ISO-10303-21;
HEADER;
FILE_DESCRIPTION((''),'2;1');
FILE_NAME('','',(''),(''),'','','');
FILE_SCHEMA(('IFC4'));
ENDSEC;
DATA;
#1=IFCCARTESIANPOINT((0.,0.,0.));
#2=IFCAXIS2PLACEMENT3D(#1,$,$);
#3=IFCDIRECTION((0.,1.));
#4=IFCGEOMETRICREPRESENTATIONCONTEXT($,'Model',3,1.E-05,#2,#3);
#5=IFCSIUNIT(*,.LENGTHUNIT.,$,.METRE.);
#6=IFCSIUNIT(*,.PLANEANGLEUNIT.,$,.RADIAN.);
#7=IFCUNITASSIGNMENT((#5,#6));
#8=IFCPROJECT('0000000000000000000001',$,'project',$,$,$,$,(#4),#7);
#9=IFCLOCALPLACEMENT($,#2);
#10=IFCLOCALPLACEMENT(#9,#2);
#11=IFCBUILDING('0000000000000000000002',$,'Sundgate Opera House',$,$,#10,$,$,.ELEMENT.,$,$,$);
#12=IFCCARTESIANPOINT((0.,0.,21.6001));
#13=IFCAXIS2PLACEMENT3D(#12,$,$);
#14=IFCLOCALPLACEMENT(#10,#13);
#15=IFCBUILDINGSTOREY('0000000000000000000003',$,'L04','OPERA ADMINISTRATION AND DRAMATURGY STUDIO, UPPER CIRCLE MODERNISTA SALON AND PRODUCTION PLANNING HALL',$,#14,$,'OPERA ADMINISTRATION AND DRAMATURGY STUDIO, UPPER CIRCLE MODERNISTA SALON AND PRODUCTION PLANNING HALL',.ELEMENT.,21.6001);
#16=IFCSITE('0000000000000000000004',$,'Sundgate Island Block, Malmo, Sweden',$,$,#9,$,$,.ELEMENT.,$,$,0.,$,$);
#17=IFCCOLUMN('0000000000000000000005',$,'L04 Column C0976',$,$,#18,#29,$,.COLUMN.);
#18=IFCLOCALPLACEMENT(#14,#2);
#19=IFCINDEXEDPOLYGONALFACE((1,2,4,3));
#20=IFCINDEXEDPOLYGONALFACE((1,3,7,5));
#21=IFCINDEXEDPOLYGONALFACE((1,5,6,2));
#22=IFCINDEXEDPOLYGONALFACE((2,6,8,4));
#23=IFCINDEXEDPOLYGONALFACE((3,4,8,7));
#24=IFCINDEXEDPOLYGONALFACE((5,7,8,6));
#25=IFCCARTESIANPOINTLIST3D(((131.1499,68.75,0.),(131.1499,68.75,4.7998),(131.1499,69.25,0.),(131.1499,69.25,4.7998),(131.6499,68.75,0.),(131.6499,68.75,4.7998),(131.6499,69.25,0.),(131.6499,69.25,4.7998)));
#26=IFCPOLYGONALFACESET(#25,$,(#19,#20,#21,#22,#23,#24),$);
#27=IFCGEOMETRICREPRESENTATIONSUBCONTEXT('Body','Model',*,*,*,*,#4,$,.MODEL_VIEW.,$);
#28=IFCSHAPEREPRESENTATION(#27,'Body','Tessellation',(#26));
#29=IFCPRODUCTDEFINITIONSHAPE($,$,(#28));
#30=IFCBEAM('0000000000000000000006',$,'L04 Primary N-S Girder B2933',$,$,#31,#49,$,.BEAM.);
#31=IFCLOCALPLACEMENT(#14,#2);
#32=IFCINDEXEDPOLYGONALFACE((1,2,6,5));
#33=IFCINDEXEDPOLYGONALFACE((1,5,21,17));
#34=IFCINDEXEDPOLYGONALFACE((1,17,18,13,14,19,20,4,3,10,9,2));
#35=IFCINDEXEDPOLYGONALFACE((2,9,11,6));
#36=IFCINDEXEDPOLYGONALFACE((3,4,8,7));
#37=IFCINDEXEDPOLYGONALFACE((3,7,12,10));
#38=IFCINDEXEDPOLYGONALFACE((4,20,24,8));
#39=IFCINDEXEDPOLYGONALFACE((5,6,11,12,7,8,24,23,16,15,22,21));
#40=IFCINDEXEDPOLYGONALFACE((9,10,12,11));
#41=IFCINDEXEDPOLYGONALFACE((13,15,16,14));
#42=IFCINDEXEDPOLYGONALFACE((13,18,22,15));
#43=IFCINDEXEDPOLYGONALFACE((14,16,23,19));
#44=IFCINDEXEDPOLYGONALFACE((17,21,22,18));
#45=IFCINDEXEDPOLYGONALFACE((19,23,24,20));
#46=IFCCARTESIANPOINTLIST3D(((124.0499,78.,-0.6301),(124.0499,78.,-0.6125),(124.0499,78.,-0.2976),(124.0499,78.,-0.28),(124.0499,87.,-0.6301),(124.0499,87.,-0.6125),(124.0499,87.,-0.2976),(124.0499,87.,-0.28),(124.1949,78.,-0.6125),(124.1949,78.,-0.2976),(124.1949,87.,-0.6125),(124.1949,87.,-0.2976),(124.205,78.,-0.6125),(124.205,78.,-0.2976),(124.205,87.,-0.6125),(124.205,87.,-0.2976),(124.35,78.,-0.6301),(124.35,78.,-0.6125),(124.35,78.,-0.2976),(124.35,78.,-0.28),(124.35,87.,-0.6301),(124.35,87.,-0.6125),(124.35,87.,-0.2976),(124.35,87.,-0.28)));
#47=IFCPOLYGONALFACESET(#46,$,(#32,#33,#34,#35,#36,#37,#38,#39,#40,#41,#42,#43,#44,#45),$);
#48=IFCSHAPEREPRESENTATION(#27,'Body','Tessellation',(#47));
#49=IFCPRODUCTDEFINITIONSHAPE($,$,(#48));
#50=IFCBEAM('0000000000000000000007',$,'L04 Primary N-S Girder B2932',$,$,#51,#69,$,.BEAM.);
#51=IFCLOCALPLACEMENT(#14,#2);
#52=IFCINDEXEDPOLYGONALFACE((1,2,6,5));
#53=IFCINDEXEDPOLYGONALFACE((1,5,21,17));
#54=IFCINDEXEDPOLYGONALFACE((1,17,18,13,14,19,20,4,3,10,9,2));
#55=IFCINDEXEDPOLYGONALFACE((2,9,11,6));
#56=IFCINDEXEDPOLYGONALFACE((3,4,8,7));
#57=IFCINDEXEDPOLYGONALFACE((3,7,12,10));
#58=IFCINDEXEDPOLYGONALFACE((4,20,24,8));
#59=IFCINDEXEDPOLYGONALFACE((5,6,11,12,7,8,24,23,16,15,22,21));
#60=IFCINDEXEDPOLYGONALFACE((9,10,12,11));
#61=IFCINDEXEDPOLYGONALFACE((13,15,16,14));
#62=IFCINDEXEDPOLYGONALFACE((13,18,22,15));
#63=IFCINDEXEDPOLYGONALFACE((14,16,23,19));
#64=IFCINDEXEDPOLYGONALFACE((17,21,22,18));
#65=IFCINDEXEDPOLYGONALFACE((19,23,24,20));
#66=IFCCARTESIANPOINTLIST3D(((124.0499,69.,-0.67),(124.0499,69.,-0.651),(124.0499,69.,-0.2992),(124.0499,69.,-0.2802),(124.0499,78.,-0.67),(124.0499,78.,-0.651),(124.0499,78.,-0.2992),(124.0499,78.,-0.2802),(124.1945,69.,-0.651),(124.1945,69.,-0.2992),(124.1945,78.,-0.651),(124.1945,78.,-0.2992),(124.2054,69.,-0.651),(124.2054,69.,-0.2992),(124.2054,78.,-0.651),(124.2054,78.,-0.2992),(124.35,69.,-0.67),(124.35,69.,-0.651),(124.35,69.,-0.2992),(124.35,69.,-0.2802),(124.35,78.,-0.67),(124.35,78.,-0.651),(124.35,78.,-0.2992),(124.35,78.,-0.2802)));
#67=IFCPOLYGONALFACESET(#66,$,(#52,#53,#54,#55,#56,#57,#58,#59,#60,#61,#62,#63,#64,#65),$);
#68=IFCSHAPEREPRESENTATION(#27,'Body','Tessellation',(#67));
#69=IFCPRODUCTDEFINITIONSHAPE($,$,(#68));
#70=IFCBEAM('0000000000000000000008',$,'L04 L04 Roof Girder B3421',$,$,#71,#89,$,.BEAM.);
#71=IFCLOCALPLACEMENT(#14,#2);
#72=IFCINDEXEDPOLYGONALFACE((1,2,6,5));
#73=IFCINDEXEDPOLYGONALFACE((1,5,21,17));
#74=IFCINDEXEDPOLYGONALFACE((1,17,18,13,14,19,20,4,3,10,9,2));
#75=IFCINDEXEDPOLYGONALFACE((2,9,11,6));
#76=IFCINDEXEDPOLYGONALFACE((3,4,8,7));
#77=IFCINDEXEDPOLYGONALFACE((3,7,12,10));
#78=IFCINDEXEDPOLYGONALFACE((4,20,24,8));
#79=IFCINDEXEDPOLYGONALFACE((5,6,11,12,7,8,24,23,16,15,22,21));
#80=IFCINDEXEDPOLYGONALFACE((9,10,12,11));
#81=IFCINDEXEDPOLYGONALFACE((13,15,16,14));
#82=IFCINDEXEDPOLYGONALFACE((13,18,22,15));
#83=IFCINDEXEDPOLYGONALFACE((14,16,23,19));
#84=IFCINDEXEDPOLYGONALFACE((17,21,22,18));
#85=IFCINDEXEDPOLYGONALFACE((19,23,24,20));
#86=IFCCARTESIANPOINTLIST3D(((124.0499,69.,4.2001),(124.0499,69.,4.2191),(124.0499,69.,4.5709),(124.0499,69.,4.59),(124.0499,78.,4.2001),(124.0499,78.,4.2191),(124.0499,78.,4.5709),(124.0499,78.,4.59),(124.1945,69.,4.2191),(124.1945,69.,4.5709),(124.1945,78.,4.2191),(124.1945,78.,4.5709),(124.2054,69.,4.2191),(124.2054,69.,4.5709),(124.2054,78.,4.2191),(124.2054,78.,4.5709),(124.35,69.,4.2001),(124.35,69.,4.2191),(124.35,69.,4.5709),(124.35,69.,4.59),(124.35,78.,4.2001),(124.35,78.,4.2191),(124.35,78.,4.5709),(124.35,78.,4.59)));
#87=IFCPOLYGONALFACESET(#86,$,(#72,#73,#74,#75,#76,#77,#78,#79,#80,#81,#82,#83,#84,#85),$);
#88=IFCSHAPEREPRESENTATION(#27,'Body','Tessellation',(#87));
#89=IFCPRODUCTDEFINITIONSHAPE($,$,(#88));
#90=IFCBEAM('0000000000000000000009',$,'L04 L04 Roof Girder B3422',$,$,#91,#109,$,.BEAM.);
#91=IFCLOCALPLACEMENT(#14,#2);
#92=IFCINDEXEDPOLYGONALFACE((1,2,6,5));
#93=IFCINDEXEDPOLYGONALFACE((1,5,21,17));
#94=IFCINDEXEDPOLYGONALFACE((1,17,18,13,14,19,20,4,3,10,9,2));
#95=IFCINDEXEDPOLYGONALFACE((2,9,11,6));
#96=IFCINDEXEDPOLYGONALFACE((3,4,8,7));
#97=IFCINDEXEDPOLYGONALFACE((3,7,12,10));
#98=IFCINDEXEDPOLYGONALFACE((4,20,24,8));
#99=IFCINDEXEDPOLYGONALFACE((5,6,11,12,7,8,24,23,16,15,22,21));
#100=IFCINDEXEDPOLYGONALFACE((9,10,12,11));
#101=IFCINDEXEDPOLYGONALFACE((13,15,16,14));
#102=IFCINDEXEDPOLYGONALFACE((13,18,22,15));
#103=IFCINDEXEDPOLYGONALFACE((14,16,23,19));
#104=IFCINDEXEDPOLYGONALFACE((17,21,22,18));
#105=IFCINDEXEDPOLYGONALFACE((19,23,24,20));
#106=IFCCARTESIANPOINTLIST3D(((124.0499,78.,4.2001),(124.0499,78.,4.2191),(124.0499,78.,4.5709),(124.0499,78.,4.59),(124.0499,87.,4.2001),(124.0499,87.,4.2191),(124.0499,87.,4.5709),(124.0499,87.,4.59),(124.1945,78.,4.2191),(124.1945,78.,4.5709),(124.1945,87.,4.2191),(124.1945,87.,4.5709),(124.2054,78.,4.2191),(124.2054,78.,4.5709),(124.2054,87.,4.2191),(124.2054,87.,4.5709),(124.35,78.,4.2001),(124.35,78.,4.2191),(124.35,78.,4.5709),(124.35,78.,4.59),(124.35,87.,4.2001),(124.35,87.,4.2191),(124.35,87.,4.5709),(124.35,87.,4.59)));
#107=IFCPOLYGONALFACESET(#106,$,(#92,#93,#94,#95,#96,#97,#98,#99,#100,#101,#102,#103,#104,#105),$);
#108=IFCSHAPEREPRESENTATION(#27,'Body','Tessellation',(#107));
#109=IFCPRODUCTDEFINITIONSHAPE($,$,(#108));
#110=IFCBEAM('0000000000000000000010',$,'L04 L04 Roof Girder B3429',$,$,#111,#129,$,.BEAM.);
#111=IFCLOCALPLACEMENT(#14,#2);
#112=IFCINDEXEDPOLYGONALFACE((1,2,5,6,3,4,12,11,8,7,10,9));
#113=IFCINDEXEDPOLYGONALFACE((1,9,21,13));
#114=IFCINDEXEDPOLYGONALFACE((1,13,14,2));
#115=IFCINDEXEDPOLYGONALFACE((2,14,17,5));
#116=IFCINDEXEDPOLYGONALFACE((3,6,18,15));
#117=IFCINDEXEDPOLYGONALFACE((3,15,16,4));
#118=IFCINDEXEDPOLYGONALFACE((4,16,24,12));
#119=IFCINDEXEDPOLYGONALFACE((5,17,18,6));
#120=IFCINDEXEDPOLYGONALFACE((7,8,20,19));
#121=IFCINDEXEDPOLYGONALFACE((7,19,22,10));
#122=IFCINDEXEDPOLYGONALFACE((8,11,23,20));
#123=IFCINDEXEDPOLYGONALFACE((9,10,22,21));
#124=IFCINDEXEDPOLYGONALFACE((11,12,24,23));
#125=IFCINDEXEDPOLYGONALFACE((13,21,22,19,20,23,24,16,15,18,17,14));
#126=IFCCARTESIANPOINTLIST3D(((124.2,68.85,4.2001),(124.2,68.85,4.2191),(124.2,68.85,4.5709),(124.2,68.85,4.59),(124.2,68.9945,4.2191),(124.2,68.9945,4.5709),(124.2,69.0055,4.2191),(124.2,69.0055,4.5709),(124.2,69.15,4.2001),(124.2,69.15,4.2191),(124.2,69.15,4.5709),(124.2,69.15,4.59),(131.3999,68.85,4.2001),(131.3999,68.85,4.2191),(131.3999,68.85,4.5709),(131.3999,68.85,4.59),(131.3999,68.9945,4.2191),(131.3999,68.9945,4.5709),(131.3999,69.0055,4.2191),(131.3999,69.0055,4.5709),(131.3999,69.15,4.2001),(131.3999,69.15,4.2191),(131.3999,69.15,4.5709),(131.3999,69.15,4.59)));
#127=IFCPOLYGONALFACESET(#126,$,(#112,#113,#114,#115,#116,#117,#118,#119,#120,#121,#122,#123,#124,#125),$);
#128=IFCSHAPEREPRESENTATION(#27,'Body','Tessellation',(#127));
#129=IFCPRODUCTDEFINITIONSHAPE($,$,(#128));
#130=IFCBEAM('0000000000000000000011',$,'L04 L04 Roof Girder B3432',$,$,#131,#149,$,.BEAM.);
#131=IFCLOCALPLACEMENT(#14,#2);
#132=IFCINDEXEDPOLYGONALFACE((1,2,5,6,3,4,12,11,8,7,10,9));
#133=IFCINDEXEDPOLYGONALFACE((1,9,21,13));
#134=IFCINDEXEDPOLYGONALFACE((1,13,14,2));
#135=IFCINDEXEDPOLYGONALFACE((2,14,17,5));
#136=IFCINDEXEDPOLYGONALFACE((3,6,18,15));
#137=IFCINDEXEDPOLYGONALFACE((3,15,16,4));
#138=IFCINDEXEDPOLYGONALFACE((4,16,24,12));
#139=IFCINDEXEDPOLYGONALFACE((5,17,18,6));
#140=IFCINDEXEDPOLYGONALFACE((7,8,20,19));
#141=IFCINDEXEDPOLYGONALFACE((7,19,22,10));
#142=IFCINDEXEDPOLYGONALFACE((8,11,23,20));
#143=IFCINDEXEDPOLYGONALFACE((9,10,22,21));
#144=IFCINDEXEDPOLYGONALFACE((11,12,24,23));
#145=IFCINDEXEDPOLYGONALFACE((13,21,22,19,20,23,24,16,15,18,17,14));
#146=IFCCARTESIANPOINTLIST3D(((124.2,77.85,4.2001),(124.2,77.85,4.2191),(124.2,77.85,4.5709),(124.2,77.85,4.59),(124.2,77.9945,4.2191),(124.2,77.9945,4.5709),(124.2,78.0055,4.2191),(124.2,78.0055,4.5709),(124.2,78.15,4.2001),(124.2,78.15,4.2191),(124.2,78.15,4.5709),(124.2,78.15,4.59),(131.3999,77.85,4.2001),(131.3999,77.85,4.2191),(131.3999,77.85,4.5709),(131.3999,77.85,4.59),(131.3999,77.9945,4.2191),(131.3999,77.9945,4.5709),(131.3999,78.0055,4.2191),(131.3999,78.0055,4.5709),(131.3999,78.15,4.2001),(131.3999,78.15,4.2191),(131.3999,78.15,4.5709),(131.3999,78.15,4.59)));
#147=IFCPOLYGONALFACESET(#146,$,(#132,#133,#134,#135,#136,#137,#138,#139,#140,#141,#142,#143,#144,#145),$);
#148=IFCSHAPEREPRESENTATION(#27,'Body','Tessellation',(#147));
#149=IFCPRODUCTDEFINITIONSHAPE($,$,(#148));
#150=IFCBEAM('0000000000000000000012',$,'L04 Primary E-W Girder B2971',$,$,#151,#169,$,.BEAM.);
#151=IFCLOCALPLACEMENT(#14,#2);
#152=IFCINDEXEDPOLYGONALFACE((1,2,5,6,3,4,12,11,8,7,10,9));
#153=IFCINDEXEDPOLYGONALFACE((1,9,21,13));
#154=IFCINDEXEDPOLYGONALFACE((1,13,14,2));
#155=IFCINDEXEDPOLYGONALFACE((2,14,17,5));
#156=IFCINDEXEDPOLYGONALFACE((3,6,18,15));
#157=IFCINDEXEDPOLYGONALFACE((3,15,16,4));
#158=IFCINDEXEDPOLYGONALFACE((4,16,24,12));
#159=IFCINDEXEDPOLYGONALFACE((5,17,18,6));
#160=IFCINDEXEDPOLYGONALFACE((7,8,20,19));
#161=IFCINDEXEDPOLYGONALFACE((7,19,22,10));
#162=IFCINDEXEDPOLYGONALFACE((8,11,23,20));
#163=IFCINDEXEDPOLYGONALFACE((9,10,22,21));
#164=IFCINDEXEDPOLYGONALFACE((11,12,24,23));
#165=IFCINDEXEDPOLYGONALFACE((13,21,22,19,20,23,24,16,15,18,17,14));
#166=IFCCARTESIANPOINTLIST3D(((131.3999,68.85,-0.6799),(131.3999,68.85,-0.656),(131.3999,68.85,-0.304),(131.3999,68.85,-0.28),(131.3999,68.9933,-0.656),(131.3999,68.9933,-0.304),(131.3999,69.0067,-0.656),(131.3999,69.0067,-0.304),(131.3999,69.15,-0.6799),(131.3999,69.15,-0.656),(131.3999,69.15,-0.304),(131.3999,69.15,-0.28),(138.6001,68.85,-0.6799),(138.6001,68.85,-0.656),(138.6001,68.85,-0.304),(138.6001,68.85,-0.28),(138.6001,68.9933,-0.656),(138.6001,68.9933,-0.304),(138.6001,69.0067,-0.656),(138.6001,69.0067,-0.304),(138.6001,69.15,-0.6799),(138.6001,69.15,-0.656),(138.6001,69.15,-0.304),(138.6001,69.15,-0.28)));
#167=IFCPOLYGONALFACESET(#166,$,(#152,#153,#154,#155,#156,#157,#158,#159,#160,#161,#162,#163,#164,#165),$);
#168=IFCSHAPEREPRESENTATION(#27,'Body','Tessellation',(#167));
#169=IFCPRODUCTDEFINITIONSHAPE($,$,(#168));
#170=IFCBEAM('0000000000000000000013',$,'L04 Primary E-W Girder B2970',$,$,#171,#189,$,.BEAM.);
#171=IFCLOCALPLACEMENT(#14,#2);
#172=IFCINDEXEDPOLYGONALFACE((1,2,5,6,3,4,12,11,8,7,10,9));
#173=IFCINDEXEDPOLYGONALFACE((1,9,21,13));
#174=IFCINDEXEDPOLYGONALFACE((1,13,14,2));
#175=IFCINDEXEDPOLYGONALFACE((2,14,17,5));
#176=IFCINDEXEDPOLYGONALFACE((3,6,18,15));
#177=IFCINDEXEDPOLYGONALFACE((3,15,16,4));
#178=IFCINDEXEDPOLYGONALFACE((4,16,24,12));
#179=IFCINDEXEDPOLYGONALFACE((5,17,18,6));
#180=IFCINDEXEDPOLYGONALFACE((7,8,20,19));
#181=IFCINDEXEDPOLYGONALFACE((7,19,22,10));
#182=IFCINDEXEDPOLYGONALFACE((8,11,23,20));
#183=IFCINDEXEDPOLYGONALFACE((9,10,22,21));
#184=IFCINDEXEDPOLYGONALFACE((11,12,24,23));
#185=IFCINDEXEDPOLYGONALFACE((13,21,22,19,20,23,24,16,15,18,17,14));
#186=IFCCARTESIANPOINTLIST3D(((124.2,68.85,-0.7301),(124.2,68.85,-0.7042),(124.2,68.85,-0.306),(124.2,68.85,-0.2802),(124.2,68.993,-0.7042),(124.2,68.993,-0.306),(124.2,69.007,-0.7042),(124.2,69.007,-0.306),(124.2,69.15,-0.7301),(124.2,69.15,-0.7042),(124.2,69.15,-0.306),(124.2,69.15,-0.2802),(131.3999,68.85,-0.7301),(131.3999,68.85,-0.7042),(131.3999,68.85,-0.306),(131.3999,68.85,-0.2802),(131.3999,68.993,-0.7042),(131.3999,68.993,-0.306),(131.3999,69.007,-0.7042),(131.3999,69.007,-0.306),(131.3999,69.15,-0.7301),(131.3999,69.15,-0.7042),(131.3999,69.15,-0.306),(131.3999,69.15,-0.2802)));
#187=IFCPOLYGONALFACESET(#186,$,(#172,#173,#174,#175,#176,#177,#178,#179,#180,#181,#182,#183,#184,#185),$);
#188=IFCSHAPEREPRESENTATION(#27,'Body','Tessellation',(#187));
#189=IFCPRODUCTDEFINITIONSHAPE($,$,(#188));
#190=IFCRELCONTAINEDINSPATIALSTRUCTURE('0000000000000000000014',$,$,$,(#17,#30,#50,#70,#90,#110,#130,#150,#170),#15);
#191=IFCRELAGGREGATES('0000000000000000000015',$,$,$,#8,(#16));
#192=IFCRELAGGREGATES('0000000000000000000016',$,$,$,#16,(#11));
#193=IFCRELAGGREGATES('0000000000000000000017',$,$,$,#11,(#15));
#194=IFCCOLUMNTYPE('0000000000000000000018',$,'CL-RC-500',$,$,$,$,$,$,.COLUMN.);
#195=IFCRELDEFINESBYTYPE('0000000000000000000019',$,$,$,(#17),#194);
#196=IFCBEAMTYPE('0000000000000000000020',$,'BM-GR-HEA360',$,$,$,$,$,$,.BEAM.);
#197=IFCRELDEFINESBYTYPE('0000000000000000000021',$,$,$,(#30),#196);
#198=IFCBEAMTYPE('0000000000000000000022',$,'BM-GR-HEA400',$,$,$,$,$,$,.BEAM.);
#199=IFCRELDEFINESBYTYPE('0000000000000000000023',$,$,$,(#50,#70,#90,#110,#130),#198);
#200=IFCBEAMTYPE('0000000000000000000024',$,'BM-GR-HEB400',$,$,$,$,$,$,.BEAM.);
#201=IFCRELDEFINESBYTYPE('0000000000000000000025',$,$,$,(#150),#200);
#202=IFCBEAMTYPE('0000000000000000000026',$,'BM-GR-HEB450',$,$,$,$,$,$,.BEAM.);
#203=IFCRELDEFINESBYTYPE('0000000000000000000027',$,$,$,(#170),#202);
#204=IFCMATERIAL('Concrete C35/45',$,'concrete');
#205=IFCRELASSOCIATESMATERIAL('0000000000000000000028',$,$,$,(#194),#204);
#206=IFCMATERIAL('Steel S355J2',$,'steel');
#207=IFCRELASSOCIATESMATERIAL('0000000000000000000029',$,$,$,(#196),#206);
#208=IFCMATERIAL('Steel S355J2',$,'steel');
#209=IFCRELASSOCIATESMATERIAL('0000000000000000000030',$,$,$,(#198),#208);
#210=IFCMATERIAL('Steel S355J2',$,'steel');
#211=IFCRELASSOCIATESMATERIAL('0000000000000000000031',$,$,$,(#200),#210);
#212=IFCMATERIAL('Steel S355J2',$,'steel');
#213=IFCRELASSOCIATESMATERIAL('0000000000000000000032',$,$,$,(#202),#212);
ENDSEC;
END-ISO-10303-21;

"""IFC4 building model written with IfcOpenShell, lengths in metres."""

from ifc_helpers import new_model, si_unit, direction, frame, origin, origin_2d, place, context, subcontext, project, spatial, rectangle, i_section, extrude, material, material_profile, profile_set, type_object, element, save


model = new_model("IFC4")

# Units and contexts
model_context = context("Model", 3, precision=1e-05, world=origin(), true_north=direction((0.0, 1.0)))
body_context = subcontext(model_context, "Body", "Model", "MODEL_VIEW")
ifc_project = project(units=[si_unit("LENGTHUNIT", "METRE"), si_unit("PLANEANGLEUNIT", "RADIAN")], contexts=[model_context])

# Site, building, storey
site_placement = place(None, origin())
site = spatial("IfcSite", under=ifc_project, at=site_placement, Name="Sundgate Island Block, Malmo, Sweden", CompositionType="ELEMENT", RefElevation=0.0)
building_placement = place(site_placement, origin())
building = spatial("IfcBuilding", under=site, at=building_placement, Name="Sundgate Opera House", CompositionType="ELEMENT")
storey_placement = place(building_placement, frame((0.0, 0.0, 21.6001)))
storey = spatial("IfcBuildingStorey", under=building, at=storey_placement, Name="L04", Description="OPERA ADMINISTRATION AND DRAMATURGY STUDIO, UPPER CIRCLE MODERNISTA SALON AND PRODUCTION PLANNING HALL", LongName="OPERA ADMINISTRATION AND DRAMATURGY STUDIO, UPPER CIRCLE MODERNISTA SALON AND PRODUCTION PLANNING HALL", CompositionType="ELEMENT", Elevation=21.6001)

# Column
ifc_material_1 = material(Name="Concrete C35/45", Category="concrete")
ifc_material_profile_1 = material_profile(ifc_material_1, rectangle(XDim=0.5, YDim=0.5, at=origin_2d()), Name="RC 500x500")
ifc_profile_set_1 = profile_set([ifc_material_profile_1], Name="Concrete C35/45")
column_type = type_object("IfcColumnType", Name="CL-RC-500", PredefinedType="COLUMN", material=ifc_profile_set_1)
column_placement = place(storey_placement, frame((131.3999, 69.0, 0.0), z_axis=(0.0, 0.0, 1.0), x_axis=(1.0, 0.0, 0.0)))
element("IfcColumn", 1, at=column_placement, inside=storey, type_object=column_type, Name="L04 Column C0976", PredefinedType="COLUMN", context=body_context, shape_type="SweptSolid", body=[
    extrude(rectangle(XDim=0.5, YDim=0.5, at=origin_2d()), origin(), (0.0, 0.0, 1.0), 4.7998),
])

# Beams
ifc_material_2 = material(Name="Steel S355J2", Category="steel")
ifc_material_profile_2 = material_profile(ifc_material_2, i_section(OverallWidth=0.3, OverallDepth=0.3501, WebThickness=0.01, FlangeThickness=0.0176, at=origin_2d()), Name="HEA 360")
ifc_profile_set_2 = profile_set([ifc_material_profile_2], Name="Steel S355J2")
beam_type_1 = type_object("IfcBeamType", Name="BM-GR-HEA360", PredefinedType="BEAM", material=ifc_profile_set_2)
beam_1_placement = place(storey_placement, frame((124.2, 78.0, -0.4551), z_axis=(0.0, 1.0, 0.0), x_axis=(-1.0, 0.0, 0.0)))
element("IfcBeam", 2, at=beam_1_placement, inside=storey, type_object=beam_type_1, Name="L04 Primary N-S Girder B2933", PredefinedType="BEAM", context=body_context, shape_type="SweptSolid", body=[
    extrude(i_section(OverallWidth=0.3, OverallDepth=0.3501, WebThickness=0.01, FlangeThickness=0.0176, at=origin_2d()), origin(), (0.0, 0.0, 1.0), 9.0),
])
ifc_material_3 = material(Name="Steel S355J2", Category="steel")
ifc_material_profile_3 = material_profile(ifc_material_3, i_section(OverallWidth=0.3, OverallDepth=0.3899, WebThickness=0.011, FlangeThickness=0.019, at=origin_2d()), Name="HEA 400")
ifc_profile_set_3 = profile_set([ifc_material_profile_3], Name="Steel S355J2")
beam_type_2 = type_object("IfcBeamType", Name="BM-GR-HEA400", PredefinedType="BEAM", material=ifc_profile_set_3)
for number, where, z_axis, x_axis, name in (
    (3, (124.2, 69.0, -0.4751), (0.0, 1.0, 0.0), (-1.0, 0.0, 0.0), "L04 Primary N-S Girder B2932"),
    (4, (124.2, 69.0, 4.395), (0.0, 1.0, 0.0), (-1.0, 0.0, 0.0), "L04 L04 Roof Girder B3421"),
    (5, (124.2, 78.0, 4.395), (0.0, 1.0, 0.0), (-1.0, 0.0, 0.0), "L04 L04 Roof Girder B3422"),
):
    element("IfcBeam", number, at=place(storey_placement, frame(where, z_axis=z_axis, x_axis=x_axis)), inside=storey, type_object=beam_type_2, Name=name, PredefinedType="BEAM", context=body_context, shape_type="SweptSolid", body=[
        extrude(i_section(OverallWidth=0.3, OverallDepth=0.3899, WebThickness=0.011, FlangeThickness=0.019, at=origin_2d()), origin(), (0.0, 0.0, 1.0), 9.0),
    ])
for number, where, z_axis, x_axis, name in (
    (6, (124.2, 69.0, 4.395), (1.0, 0.0, 0.0), (0.0, 1.0, 0.0), "L04 L04 Roof Girder B3429"),
    (7, (124.2, 78.0, 4.395), (1.0, 0.0, 0.0), (0.0, 1.0, 0.0), "L04 L04 Roof Girder B3432"),
):
    element("IfcBeam", number, at=place(storey_placement, frame(where, z_axis=z_axis, x_axis=x_axis)), inside=storey, type_object=beam_type_2, Name=name, PredefinedType="BEAM", context=body_context, shape_type="SweptSolid", body=[
        extrude(i_section(OverallWidth=0.3, OverallDepth=0.3899, WebThickness=0.011, FlangeThickness=0.019, at=origin_2d()), origin(), (0.0, 0.0, 1.0), 7.2),
    ])
ifc_material_4 = material(Name="Steel S355J2", Category="steel")
ifc_material_profile_4 = material_profile(ifc_material_4, i_section(OverallWidth=0.3, OverallDepth=0.3999, WebThickness=0.0134, FlangeThickness=0.0239, at=origin_2d()), Name="HEB 400")
ifc_profile_set_4 = profile_set([ifc_material_profile_4], Name="Steel S355J2")
beam_type_3 = type_object("IfcBeamType", Name="BM-GR-HEB400", PredefinedType="BEAM", material=ifc_profile_set_4)
beam_2_placement = place(storey_placement, frame((131.3999, 69.0, -0.48), z_axis=(1.0, 0.0, 0.0), x_axis=(0.0, 1.0, 0.0)))
element("IfcBeam", 8, at=beam_2_placement, inside=storey, type_object=beam_type_3, Name="L04 Primary E-W Girder B2971", PredefinedType="BEAM", context=body_context, shape_type="SweptSolid", body=[
    extrude(i_section(OverallWidth=0.3, OverallDepth=0.3999, WebThickness=0.0134, FlangeThickness=0.0239, at=origin_2d()), origin(), (0.0, 0.0, 1.0), 7.2002),
])
ifc_material_5 = material(Name="Steel S355J2", Category="steel")
ifc_material_profile_5 = material_profile(ifc_material_5, i_section(OverallWidth=0.3, OverallDepth=0.45, WebThickness=0.0139, FlangeThickness=0.0259, at=origin_2d()), Name="HEB 450")
ifc_profile_set_5 = profile_set([ifc_material_profile_5], Name="Steel S355J2")
beam_type_4 = type_object("IfcBeamType", Name="BM-GR-HEB450", PredefinedType="BEAM", material=ifc_profile_set_5)
beam_3_placement = place(storey_placement, frame((124.2, 69.0, -0.5051), z_axis=(1.0, 0.0, 0.0), x_axis=(0.0, 1.0, 0.0)))
element("IfcBeam", 9, at=beam_3_placement, inside=storey, type_object=beam_type_4, Name="L04 Primary E-W Girder B2970", PredefinedType="BEAM", context=body_context, shape_type="SweptSolid", body=[
    extrude(i_section(OverallWidth=0.3, OverallDepth=0.45, WebThickness=0.0139, FlangeThickness=0.0259, at=origin_2d()), origin(), (0.0, 0.0, 1.0), 7.2),
])

save(model, "model.ifc")
